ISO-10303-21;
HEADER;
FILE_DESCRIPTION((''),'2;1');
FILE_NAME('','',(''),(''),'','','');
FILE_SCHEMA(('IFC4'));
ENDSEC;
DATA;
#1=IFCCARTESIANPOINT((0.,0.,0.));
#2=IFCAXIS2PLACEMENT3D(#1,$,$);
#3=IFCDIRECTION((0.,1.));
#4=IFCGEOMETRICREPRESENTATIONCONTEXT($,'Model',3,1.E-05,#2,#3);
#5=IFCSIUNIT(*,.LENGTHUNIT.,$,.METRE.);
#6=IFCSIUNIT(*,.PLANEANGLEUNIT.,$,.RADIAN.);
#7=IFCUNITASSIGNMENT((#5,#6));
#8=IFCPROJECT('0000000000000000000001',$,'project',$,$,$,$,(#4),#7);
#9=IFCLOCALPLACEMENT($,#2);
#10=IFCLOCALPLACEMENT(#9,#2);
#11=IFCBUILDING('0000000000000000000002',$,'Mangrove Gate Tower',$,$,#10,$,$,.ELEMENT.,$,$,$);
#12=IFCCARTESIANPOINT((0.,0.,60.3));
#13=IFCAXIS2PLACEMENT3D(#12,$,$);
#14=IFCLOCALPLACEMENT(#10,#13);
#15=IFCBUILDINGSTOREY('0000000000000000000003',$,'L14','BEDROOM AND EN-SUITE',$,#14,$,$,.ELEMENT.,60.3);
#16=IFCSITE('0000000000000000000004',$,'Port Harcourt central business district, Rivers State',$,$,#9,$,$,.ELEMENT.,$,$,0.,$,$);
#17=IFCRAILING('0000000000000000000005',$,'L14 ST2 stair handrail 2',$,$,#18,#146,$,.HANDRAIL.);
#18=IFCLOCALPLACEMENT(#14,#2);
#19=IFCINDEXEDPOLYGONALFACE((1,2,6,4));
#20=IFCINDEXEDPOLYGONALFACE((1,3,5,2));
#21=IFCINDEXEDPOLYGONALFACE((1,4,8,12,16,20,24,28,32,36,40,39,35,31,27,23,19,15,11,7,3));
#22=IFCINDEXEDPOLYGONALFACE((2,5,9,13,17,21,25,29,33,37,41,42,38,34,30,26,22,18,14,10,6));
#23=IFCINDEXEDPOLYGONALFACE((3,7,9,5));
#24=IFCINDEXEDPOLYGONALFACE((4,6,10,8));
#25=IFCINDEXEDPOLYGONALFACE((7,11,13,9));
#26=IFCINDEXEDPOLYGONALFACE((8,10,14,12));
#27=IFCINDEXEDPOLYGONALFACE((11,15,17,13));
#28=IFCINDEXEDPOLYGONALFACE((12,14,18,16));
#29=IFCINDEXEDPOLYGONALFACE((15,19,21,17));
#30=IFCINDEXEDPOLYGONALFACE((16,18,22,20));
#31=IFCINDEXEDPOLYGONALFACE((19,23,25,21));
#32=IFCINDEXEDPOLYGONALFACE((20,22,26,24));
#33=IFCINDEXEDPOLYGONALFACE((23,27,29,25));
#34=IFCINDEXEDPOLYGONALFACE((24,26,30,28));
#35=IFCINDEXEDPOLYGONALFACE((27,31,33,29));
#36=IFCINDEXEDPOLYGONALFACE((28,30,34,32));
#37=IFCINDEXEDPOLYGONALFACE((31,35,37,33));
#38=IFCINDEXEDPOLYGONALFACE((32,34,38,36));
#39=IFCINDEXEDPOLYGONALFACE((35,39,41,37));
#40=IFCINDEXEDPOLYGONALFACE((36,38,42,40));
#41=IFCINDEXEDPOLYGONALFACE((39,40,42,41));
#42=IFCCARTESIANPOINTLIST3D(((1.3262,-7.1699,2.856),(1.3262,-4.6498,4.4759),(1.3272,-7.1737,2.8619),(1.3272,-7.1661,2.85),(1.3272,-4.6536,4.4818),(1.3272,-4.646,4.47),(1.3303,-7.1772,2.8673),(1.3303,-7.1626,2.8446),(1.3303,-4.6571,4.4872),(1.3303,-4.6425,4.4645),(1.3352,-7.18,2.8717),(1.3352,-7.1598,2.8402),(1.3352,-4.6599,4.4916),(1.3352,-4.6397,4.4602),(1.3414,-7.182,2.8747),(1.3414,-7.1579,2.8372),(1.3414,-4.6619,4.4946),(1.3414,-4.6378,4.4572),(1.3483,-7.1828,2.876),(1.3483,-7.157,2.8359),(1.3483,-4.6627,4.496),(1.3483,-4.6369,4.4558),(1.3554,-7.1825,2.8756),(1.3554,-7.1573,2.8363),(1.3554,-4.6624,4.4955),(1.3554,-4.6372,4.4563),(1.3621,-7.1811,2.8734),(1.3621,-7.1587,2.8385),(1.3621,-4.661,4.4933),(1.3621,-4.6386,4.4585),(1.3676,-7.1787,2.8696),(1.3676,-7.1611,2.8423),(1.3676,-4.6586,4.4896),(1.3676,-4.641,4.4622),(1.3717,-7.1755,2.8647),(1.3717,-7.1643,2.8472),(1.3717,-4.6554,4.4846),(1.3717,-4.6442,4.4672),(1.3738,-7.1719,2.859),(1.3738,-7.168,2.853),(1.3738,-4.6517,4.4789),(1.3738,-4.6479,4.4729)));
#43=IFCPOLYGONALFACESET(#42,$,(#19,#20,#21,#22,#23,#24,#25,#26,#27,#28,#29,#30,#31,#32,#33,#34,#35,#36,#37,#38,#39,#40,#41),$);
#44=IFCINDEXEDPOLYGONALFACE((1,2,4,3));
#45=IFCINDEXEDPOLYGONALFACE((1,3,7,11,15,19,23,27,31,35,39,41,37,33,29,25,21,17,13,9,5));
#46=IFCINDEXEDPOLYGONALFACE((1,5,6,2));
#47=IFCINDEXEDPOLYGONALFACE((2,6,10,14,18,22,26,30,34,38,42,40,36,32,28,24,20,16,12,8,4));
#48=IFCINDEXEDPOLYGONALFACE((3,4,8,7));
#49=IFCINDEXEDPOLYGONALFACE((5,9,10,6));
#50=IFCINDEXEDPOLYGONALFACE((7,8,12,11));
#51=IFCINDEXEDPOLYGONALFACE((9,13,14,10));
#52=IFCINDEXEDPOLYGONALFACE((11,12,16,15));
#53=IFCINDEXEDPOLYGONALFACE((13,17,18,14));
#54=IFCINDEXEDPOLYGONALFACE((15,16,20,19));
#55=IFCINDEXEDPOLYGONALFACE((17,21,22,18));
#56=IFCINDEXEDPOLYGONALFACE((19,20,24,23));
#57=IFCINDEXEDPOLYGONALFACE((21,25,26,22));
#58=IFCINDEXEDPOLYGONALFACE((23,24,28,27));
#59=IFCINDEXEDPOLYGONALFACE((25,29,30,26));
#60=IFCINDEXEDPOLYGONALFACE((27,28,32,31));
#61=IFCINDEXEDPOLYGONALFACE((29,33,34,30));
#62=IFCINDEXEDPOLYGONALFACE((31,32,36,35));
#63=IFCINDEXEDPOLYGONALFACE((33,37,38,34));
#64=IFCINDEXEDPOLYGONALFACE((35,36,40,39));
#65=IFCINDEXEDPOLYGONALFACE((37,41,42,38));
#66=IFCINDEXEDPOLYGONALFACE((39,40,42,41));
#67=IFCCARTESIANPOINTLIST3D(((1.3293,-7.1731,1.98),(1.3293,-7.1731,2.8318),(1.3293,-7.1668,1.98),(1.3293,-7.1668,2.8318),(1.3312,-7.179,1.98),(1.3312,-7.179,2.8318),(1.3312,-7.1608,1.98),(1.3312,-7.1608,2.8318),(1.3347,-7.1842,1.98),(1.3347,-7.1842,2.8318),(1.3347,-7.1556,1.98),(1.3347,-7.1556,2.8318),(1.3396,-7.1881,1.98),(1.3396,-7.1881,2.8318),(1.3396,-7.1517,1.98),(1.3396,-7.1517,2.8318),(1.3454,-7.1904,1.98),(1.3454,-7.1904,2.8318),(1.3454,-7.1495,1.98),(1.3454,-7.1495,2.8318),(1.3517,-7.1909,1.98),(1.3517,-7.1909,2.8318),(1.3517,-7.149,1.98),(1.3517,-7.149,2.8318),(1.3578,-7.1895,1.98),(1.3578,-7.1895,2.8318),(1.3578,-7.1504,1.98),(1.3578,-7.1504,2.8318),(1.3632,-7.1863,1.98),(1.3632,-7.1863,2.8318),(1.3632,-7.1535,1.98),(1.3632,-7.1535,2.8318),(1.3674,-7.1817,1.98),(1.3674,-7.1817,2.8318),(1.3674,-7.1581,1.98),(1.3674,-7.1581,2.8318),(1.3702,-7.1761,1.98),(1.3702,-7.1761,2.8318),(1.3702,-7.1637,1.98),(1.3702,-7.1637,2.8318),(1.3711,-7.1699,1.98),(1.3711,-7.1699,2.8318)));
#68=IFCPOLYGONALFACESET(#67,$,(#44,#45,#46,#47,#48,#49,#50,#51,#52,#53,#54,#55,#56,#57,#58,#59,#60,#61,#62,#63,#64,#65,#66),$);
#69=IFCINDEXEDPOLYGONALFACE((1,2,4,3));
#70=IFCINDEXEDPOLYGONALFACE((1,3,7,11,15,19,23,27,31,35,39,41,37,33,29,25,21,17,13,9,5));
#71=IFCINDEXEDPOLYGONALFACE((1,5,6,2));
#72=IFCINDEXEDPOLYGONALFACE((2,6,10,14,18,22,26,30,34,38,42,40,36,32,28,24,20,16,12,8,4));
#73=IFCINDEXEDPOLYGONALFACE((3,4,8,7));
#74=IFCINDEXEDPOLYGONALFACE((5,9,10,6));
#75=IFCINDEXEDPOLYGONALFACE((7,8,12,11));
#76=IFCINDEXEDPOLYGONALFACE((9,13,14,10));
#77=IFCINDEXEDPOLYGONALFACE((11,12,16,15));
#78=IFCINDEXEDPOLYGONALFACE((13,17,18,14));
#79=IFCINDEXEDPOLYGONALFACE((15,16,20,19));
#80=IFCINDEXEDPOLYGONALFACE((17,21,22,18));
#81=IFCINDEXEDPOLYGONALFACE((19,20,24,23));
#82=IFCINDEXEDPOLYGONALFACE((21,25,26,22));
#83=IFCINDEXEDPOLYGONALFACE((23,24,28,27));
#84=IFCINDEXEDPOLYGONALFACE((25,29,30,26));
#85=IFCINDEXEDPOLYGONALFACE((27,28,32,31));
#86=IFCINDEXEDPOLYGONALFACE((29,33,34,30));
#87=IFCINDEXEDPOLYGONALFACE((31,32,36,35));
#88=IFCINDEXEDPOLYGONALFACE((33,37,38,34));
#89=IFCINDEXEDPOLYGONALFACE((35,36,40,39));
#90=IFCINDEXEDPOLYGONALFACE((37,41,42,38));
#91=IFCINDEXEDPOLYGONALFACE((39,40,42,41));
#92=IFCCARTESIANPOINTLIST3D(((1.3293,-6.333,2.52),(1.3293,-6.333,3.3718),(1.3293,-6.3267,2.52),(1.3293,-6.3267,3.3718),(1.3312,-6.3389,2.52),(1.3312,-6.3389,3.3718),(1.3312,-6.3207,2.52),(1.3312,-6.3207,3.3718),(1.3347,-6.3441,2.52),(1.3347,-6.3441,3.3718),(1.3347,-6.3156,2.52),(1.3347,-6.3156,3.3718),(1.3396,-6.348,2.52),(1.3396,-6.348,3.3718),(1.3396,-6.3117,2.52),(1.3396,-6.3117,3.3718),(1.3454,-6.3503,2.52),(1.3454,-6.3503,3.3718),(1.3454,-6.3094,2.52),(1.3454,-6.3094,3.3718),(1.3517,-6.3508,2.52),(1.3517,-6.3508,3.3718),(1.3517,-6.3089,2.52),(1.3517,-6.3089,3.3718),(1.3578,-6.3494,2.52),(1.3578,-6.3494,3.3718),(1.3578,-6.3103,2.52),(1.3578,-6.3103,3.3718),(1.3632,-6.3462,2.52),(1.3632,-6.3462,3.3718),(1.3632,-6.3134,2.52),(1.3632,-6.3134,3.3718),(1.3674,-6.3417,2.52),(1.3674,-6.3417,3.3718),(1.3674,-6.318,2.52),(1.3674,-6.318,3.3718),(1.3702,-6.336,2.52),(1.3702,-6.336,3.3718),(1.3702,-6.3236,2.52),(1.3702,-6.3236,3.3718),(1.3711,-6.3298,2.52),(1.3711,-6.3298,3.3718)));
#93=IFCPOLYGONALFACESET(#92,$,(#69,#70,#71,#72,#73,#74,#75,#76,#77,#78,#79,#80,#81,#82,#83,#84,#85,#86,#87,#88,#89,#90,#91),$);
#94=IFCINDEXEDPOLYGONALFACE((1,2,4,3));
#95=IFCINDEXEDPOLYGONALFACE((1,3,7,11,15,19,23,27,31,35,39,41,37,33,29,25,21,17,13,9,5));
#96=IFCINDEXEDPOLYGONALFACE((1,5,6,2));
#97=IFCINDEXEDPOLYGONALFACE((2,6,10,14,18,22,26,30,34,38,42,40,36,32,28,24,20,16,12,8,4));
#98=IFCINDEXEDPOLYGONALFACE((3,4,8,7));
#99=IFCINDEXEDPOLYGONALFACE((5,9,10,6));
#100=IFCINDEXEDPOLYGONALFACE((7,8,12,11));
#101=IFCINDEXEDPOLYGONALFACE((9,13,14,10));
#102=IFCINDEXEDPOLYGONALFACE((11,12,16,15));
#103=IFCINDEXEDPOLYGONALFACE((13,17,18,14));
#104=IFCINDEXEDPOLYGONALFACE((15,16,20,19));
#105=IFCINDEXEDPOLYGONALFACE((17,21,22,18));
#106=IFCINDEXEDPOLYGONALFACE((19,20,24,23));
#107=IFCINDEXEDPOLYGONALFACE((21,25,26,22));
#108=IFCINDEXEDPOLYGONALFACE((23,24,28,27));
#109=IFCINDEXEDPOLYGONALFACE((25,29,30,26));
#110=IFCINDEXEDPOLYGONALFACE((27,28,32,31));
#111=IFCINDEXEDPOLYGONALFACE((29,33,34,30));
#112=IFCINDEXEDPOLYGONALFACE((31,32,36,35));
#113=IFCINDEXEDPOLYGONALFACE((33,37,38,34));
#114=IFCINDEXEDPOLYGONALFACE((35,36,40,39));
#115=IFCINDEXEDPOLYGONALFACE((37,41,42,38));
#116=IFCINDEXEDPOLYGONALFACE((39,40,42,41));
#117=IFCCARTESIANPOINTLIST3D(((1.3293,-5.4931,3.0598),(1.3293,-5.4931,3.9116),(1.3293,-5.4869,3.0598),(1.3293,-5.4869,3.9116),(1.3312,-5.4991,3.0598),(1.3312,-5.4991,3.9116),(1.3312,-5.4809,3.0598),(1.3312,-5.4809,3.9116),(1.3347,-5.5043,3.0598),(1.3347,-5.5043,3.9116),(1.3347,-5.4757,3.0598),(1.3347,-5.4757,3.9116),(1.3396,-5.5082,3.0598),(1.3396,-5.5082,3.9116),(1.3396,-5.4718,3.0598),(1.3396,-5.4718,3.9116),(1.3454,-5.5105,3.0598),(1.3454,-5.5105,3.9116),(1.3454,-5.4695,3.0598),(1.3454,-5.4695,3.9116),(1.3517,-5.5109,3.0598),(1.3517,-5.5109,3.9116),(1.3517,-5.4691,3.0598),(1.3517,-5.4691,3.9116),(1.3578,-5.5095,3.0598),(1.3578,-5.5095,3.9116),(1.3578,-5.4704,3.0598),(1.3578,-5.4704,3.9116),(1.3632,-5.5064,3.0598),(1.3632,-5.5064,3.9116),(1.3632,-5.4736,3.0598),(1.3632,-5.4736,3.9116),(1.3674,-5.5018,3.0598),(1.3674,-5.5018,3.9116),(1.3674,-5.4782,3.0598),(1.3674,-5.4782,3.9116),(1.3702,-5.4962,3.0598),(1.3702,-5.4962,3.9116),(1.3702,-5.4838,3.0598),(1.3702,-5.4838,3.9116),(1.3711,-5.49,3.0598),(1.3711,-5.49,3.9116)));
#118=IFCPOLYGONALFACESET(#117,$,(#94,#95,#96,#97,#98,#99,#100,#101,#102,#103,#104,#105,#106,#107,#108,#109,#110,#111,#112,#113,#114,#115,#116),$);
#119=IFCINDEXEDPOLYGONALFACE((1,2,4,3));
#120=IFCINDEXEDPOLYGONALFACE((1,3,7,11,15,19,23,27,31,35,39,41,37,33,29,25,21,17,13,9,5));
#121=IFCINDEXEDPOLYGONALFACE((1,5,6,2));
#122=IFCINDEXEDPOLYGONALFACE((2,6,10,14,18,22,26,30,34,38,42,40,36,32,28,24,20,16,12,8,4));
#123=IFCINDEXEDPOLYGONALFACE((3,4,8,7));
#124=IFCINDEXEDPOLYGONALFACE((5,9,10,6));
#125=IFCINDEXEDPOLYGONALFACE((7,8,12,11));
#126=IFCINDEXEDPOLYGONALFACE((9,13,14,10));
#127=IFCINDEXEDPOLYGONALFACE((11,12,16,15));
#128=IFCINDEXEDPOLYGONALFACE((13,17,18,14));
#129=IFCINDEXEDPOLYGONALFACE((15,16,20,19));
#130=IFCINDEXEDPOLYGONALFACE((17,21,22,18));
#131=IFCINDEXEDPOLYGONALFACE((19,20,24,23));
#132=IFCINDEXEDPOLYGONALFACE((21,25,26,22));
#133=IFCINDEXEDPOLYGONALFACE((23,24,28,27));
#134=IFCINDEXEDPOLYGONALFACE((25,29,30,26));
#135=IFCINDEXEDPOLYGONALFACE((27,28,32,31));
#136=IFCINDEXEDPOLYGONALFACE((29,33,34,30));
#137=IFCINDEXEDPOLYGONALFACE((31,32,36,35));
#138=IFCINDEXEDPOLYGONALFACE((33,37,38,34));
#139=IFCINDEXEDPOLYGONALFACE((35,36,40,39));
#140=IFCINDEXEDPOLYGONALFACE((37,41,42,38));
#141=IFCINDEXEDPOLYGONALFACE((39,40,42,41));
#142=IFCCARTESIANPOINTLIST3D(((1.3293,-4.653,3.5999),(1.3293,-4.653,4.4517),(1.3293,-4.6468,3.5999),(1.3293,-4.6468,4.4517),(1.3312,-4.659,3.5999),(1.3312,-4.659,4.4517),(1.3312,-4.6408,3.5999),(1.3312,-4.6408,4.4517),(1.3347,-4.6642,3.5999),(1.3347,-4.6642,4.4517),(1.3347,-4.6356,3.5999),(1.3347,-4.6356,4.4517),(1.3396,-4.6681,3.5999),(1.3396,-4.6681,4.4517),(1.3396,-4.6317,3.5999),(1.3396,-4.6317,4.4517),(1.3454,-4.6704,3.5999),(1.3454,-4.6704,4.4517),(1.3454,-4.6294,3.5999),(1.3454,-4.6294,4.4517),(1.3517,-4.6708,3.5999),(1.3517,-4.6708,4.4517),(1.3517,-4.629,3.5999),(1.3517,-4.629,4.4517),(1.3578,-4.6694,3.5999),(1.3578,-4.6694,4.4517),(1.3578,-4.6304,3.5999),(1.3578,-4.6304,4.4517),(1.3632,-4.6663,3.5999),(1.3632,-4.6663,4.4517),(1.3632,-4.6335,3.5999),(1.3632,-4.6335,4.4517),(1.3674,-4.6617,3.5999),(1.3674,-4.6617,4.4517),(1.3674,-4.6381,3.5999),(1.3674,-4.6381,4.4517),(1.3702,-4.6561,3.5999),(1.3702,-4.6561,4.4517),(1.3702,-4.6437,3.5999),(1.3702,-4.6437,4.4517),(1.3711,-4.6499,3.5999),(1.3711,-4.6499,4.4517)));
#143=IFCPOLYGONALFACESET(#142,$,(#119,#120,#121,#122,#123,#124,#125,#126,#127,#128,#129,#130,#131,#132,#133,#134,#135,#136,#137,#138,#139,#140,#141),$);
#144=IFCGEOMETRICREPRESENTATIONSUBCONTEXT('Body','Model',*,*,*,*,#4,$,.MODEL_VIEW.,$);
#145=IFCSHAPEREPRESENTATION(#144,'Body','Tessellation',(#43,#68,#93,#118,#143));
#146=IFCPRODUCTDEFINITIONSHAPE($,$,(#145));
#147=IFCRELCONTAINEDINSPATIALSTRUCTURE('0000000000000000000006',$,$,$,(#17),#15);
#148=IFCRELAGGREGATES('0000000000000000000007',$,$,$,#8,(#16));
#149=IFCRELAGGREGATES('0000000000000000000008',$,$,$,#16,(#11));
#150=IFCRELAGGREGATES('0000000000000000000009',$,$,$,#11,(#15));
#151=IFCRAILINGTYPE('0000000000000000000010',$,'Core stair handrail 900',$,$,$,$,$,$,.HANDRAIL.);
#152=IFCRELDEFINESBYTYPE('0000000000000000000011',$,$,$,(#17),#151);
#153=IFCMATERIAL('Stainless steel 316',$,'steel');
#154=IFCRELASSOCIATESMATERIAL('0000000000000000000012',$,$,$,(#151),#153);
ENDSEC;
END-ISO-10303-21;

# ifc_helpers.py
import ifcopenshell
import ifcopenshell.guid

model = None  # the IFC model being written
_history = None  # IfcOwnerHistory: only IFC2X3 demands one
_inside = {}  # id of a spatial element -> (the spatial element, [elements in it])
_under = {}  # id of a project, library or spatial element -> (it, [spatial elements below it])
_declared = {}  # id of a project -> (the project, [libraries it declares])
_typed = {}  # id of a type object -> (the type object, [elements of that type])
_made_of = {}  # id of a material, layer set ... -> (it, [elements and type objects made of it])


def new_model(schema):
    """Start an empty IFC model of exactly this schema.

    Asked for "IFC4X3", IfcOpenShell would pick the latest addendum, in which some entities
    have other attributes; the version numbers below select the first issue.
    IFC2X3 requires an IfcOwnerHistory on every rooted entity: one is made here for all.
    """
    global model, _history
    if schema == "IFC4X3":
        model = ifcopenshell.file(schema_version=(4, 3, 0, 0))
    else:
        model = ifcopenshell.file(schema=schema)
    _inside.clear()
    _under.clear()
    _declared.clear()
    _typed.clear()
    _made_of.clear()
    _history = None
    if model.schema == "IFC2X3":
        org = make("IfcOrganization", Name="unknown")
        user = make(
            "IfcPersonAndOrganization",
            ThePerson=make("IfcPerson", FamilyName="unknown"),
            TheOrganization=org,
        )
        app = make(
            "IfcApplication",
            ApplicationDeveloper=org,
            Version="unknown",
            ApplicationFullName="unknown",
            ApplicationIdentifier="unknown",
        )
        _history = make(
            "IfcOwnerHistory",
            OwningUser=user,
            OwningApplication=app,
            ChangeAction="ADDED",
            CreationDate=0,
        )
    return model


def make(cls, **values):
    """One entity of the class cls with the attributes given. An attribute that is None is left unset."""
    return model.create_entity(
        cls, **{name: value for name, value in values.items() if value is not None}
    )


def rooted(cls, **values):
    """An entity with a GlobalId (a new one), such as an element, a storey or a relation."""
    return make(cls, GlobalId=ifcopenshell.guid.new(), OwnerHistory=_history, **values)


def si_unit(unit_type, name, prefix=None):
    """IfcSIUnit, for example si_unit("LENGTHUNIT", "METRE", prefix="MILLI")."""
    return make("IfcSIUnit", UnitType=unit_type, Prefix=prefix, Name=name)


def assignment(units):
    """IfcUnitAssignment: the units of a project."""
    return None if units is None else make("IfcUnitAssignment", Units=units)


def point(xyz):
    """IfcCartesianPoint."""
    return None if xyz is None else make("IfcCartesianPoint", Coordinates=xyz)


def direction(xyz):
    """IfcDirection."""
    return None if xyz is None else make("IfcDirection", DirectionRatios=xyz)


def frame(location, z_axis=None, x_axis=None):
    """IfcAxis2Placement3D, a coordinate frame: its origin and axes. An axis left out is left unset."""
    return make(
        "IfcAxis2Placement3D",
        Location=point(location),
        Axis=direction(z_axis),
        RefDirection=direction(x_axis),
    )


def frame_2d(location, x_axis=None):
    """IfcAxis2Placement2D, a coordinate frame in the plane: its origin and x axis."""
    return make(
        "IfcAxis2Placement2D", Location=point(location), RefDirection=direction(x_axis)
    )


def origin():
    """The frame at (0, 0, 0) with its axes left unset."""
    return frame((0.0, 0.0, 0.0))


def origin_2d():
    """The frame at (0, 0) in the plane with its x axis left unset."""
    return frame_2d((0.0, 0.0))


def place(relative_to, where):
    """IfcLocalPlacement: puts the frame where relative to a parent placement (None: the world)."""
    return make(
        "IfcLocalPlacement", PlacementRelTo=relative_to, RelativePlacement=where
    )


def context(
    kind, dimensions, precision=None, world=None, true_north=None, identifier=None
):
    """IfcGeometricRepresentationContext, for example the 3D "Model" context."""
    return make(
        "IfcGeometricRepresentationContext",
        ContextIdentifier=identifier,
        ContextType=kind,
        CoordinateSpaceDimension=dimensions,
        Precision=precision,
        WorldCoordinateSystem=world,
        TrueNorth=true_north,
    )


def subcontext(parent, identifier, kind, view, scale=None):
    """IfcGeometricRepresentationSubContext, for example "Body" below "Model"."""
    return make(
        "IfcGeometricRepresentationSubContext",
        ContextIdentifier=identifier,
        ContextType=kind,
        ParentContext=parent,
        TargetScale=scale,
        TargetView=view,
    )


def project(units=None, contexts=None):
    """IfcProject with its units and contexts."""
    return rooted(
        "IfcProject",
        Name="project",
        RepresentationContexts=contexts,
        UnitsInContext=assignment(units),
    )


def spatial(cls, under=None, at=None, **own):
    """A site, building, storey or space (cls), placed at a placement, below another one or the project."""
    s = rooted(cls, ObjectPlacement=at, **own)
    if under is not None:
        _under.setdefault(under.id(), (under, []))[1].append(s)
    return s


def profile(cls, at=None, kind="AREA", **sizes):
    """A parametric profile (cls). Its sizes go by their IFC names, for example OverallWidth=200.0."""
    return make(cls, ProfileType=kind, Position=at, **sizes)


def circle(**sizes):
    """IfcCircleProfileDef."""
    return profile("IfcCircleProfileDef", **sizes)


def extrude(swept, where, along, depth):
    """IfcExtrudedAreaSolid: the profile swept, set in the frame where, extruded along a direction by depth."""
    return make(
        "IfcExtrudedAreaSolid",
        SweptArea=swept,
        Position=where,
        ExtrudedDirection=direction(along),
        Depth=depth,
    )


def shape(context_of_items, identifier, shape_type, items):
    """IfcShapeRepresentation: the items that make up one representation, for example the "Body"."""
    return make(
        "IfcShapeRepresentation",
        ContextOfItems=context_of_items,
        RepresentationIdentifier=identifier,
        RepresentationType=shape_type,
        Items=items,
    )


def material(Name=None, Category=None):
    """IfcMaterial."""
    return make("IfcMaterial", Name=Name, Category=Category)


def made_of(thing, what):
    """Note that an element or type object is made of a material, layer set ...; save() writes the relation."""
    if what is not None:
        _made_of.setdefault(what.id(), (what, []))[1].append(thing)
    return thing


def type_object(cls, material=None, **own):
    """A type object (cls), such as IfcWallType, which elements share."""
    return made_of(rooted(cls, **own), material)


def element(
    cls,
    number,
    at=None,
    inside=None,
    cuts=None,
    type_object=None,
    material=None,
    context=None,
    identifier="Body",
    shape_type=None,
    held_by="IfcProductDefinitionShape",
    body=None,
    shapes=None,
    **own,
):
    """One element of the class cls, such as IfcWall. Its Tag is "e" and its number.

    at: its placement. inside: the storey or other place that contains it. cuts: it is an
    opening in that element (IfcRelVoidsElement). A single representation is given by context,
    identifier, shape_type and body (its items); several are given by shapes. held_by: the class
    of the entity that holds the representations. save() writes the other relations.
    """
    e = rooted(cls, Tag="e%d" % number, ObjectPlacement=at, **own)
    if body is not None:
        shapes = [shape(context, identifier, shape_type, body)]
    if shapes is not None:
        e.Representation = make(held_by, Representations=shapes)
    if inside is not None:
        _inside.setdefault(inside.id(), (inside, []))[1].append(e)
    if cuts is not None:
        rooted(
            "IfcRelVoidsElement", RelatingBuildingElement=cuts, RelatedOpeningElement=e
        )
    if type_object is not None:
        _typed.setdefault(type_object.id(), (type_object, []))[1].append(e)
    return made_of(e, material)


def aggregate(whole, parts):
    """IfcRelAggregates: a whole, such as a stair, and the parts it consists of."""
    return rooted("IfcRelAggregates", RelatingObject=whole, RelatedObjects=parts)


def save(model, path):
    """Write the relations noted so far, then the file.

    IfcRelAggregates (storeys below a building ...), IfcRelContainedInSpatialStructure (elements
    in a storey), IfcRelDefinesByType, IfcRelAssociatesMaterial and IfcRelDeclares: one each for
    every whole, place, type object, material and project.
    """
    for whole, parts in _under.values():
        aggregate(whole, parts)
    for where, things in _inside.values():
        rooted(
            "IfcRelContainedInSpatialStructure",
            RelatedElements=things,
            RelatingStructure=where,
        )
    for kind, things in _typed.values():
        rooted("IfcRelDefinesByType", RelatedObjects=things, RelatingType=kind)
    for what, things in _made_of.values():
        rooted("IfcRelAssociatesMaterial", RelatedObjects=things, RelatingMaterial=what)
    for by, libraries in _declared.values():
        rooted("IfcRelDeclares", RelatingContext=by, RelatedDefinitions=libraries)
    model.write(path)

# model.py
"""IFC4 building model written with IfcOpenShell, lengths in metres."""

from ifc_helpers import new_model, si_unit, direction, frame, origin, origin_2d, place, context, subcontext, project, spatial, circle, extrude, material, type_object, element, save


model = new_model("IFC4")

# Units and contexts
model_context = context("Model", 3, precision=1e-05, world=origin(), true_north=direction((0.0, 1.0)))
body_context = subcontext(model_context, "Body", "Model", "MODEL_VIEW")
ifc_project = project(units=[si_unit("LENGTHUNIT", "METRE"), si_unit("PLANEANGLEUNIT", "RADIAN")], contexts=[model_context])

# Site, building, storey
site_placement = place(None, origin())
site = spatial("IfcSite", under=ifc_project, at=site_placement, Name="Port Harcourt central business district, Rivers State", CompositionType="ELEMENT", RefElevation=0.0)
building_placement = place(site_placement, origin())
building = spatial("IfcBuilding", under=site, at=building_placement, Name="Mangrove Gate Tower", CompositionType="ELEMENT")
storey_placement = place(building_placement, frame((0.0, 0.0, 60.3)))
storey = spatial("IfcBuildingStorey", under=building, at=storey_placement, Name="L14", Description="BEDROOM AND EN-SUITE", CompositionType="ELEMENT", Elevation=60.3)

# Railing
ifc_material_1 = material(Name="Stainless steel 316", Category="steel")
railing_type_1 = type_object("IfcRailingType", Name="Core stair handrail 900", PredefinedType="HANDRAIL", material=ifc_material_1)
railing_1_placement = place(storey_placement, frame((1.3501, -7.1699, 1.98)))
element("IfcRailing", 1, at=railing_1_placement, inside=storey, type_object=railing_type_1, Name="L14 ST2 stair handrail 2", PredefinedType="HANDRAIL", context=body_context, shape_type="SweptSolid", body=[
    extrude(circle(Radius=0.0239, at=origin_2d()), frame((0.0, 0.0, 0.876), z_axis=(0.0, 0.8412, 0.540725), x_axis=(-1.0, 0.0, 0.0)), (0.0, 0.0, 1.0), 2.9958),
    extrude(circle(Radius=0.021, at=origin_2d()), origin(), (0.0, 0.0, 1.0), 0.8518),
    extrude(circle(Radius=0.021, at=origin_2d()), frame((0.0, 0.8401, 0.54)), (0.0, 0.0, 1.0), 0.8518),
    extrude(circle(Radius=0.021, at=origin_2d()), frame((0.0, 1.6799, 1.0798)), (0.0, 0.0, 1.0), 0.8518),
    extrude(circle(Radius=0.021, at=origin_2d()), frame((0.0, 2.52, 1.6199)), (0.0, 0.0, 1.0), 0.8518),
])

save(model, "model.ifc")
